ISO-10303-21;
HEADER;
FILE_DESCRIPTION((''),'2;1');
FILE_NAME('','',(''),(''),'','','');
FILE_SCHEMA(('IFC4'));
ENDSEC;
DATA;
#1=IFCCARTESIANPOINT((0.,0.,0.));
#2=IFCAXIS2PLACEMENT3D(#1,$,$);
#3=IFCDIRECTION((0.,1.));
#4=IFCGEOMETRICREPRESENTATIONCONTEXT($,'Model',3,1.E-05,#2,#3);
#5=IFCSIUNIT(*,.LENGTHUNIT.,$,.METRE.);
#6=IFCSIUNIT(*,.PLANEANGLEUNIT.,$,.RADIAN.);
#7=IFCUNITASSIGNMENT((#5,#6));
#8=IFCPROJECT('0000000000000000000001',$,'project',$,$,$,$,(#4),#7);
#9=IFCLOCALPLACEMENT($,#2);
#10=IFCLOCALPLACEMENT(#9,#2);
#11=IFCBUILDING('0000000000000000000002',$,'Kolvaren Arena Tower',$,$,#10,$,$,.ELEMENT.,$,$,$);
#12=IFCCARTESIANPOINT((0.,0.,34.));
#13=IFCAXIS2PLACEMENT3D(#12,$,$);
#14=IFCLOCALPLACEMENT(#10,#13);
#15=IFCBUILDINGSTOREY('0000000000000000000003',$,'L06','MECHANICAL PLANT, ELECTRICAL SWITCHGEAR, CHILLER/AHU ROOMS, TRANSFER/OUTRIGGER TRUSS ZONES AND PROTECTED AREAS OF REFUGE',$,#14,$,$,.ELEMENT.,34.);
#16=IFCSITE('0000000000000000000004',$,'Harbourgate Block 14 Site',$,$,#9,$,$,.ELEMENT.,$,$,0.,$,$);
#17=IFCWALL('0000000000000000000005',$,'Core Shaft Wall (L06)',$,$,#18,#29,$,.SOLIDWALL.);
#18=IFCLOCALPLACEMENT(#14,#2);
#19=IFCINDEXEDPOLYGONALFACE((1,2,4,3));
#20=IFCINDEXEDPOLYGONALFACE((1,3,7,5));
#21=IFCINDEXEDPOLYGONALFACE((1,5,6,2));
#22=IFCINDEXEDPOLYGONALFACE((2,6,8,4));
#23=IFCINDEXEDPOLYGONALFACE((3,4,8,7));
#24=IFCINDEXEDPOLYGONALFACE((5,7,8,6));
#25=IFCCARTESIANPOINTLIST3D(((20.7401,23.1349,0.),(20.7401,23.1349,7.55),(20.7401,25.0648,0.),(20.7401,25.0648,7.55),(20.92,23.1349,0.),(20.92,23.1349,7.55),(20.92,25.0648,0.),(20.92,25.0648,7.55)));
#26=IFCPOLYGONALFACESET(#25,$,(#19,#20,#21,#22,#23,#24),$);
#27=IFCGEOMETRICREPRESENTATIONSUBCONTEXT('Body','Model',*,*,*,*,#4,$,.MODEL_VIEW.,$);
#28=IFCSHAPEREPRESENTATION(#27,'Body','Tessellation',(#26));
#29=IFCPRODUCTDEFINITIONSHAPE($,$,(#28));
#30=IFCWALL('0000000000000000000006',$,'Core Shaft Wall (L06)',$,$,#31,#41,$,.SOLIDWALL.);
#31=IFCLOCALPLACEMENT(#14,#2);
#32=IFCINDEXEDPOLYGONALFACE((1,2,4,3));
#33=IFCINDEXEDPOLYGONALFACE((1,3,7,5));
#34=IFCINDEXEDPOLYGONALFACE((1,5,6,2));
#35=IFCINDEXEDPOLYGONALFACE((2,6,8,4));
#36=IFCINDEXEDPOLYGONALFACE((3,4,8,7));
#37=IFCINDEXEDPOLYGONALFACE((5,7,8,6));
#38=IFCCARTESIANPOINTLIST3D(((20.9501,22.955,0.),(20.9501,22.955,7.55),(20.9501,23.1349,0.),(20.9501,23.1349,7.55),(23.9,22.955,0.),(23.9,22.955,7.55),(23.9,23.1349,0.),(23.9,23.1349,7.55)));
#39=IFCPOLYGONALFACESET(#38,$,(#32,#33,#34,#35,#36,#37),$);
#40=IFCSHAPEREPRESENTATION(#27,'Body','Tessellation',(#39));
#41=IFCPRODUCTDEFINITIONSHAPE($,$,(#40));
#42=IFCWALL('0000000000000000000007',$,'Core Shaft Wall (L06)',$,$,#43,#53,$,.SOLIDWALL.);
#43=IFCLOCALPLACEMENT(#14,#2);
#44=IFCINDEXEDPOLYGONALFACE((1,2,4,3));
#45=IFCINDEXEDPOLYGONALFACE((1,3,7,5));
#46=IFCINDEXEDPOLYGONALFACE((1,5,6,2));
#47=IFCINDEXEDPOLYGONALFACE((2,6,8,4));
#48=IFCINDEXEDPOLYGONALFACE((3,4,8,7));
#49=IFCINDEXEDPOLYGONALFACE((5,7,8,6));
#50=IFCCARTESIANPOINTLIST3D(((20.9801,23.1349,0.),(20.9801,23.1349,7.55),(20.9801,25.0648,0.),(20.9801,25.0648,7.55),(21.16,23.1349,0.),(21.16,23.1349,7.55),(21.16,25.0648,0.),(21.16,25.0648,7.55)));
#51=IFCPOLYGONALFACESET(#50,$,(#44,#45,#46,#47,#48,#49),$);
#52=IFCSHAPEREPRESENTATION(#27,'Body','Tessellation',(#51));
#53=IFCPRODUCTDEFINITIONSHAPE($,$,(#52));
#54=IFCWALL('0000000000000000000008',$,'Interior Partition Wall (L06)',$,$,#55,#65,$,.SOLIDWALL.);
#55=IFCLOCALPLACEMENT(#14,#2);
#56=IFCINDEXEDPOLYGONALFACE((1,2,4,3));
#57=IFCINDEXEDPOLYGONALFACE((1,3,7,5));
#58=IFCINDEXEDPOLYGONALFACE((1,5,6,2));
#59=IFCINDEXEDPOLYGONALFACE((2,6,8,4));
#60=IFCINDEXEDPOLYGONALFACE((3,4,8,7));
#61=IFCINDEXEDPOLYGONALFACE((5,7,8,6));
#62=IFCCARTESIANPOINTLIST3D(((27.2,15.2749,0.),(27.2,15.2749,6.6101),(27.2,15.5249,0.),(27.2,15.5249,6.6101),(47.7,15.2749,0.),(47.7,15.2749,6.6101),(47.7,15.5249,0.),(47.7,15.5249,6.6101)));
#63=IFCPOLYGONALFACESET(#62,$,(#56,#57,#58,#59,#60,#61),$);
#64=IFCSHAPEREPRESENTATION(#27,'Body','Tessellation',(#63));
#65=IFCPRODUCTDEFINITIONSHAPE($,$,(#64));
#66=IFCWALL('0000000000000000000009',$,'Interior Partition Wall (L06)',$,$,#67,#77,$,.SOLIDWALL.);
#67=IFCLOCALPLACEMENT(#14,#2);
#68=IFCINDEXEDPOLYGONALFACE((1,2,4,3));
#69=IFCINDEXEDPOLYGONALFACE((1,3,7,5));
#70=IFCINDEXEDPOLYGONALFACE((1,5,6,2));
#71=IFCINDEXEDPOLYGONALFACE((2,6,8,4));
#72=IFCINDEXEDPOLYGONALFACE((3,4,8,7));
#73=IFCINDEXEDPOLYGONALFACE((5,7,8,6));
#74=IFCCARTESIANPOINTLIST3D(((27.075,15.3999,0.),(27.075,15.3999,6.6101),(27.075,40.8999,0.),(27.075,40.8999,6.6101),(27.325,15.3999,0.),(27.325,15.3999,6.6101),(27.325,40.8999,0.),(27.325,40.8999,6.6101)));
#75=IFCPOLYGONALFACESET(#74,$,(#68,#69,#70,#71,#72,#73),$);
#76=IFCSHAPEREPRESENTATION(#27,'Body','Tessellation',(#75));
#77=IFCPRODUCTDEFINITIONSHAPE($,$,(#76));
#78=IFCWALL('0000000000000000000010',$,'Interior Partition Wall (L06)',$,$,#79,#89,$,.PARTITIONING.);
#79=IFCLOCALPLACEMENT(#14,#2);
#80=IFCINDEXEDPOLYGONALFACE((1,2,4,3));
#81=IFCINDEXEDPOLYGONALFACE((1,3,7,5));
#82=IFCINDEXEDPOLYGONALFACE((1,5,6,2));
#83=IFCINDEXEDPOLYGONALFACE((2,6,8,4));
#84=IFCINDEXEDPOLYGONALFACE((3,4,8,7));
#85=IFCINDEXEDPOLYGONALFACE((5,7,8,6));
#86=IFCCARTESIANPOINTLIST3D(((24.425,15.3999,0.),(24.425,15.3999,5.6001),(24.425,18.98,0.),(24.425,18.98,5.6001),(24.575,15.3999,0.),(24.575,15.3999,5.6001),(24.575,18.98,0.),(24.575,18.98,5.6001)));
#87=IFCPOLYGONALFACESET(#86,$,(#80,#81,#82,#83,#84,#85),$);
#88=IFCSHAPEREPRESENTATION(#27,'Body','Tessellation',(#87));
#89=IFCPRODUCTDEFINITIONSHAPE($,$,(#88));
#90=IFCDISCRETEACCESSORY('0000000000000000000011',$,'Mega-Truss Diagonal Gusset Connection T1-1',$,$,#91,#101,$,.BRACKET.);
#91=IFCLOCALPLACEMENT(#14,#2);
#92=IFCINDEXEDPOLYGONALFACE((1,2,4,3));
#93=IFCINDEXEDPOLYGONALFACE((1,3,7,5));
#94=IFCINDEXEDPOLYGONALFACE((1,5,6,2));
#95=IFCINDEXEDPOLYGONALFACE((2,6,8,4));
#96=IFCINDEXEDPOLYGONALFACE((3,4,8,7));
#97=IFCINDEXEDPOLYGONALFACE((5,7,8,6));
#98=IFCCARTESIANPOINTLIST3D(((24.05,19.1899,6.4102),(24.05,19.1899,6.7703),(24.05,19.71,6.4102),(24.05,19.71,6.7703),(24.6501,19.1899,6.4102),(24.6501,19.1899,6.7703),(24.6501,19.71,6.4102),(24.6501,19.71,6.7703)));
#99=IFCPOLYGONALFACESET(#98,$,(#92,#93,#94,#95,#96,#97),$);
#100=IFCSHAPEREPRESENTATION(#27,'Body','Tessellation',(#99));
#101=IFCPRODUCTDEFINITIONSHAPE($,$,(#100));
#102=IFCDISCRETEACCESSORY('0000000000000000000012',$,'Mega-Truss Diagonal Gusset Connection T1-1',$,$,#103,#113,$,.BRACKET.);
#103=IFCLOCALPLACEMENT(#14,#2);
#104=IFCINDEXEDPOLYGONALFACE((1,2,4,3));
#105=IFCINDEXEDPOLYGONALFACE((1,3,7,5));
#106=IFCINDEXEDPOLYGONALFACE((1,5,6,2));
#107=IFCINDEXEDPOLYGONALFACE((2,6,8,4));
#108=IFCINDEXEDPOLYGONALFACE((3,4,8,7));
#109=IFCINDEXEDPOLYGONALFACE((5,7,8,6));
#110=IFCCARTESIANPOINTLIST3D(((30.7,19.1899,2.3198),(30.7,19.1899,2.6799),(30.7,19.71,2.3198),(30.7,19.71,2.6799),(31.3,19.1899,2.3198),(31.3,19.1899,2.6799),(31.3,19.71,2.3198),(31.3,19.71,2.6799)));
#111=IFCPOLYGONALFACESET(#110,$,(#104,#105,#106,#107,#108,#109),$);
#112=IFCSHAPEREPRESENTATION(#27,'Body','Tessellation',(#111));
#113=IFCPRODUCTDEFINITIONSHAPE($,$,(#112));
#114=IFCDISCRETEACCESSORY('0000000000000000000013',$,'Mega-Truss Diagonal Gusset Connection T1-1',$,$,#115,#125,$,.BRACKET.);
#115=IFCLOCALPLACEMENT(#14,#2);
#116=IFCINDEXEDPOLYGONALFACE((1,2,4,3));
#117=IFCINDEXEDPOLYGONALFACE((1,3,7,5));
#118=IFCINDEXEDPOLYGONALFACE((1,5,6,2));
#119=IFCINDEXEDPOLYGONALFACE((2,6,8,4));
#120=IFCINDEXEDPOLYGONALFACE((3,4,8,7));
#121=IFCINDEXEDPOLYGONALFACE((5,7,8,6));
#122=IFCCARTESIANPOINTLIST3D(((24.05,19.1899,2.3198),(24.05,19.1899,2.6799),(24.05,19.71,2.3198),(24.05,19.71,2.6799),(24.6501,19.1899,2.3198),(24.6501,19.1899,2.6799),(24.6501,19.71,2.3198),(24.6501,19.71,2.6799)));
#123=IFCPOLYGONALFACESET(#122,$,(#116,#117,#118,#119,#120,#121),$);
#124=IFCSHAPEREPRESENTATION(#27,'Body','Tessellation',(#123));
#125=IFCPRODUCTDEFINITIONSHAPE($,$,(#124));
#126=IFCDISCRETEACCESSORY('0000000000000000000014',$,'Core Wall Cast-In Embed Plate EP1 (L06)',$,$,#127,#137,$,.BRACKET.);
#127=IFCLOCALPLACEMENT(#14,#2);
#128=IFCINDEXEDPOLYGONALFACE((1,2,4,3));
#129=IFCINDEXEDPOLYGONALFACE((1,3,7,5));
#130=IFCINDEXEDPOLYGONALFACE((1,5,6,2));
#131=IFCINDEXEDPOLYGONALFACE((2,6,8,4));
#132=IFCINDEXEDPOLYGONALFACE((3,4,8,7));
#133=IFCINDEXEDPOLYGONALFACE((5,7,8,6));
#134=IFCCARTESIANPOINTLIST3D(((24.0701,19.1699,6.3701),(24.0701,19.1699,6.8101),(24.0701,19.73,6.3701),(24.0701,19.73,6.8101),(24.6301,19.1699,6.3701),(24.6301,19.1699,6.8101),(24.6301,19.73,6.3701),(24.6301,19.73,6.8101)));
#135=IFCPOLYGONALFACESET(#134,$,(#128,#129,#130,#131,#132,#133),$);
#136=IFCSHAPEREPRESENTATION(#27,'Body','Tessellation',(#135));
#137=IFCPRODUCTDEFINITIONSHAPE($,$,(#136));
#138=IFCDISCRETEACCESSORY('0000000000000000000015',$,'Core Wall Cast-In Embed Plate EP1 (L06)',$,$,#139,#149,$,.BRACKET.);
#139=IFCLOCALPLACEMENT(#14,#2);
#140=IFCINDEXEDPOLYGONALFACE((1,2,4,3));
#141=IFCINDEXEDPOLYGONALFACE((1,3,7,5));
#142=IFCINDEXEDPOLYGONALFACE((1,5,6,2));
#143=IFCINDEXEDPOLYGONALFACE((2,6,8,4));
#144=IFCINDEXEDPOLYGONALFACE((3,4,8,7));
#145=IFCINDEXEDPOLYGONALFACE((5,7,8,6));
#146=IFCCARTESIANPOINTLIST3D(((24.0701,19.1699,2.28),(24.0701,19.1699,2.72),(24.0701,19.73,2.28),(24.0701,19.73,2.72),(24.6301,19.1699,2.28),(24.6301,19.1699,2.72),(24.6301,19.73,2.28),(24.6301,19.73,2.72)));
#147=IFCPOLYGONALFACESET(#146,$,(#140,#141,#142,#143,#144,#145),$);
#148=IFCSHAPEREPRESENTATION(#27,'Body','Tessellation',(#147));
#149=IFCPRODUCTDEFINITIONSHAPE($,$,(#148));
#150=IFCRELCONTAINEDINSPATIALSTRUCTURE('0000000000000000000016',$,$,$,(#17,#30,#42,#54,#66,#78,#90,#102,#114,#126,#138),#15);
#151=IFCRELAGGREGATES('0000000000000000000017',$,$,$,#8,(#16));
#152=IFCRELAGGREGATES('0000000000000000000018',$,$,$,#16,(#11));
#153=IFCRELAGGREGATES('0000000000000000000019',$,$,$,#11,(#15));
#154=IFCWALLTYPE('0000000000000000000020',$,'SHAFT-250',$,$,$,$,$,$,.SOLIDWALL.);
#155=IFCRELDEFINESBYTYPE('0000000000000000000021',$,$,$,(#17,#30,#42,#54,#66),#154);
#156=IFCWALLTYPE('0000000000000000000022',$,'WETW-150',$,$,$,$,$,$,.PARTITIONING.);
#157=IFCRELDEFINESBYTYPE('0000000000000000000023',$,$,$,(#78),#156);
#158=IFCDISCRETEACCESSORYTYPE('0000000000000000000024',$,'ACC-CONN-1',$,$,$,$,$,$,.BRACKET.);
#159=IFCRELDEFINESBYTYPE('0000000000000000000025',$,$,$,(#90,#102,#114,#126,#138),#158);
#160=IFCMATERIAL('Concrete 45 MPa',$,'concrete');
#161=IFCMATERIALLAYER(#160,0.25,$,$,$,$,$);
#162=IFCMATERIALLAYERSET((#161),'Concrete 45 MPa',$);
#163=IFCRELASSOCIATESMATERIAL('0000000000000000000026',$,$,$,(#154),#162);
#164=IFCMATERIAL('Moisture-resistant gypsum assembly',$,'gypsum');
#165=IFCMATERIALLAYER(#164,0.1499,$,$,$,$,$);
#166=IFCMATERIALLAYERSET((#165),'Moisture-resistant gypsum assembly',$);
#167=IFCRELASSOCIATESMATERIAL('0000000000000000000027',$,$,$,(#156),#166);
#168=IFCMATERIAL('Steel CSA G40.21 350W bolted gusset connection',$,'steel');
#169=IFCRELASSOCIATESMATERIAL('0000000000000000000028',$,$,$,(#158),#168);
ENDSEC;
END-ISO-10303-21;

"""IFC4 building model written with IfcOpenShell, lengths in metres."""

from ifc_helpers import new_model, si_unit, direction, frame, frame_2d, origin, origin_2d, place, context, subcontext, project, spatial, rectangle, extrude, material, layer, layer_set, type_object, element, save


model = new_model("IFC4")

# Units and contexts
model_context = context("Model", 3, precision=1e-05, world=origin(), true_north=direction((0.0, 1.0)))
body_context = subcontext(model_context, "Body", "Model", "MODEL_VIEW")
ifc_project = project(units=[si_unit("LENGTHUNIT", "METRE"), si_unit("PLANEANGLEUNIT", "RADIAN")], contexts=[model_context])

# Site, building, storey
site_placement = place(None, origin())
site = spatial("IfcSite", under=ifc_project, at=site_placement, Name="Harbourgate Block 14 Site", CompositionType="ELEMENT", RefElevation=0.0)
building_placement = place(site_placement, origin())
building = spatial("IfcBuilding", under=site, at=building_placement, Name="Kolvaren Arena Tower", CompositionType="ELEMENT")
storey_placement = place(building_placement, frame((0.0, 0.0, 34.0)))
storey = spatial("IfcBuildingStorey", under=building, at=storey_placement, Name="L06", Description="MECHANICAL PLANT, ELECTRICAL SWITCHGEAR, CHILLER/AHU ROOMS, TRANSFER/OUTRIGGER TRUSS ZONES AND PROTECTED AREAS OF REFUGE", CompositionType="ELEMENT", Elevation=34.0)

# Walls
ifc_material_1 = material(Name="Concrete 45 MPa", Category="concrete")
ifc_layer_1 = layer(ifc_material_1, 0.25)
ifc_layer_set_1 = layer_set([ifc_layer_1], Name="Concrete 45 MPa")
wall_type_1 = type_object("IfcWallType", Name="SHAFT-250", PredefinedType="SOLIDWALL", material=ifc_layer_set_1)
for number, where, z_axis, x_axis, name in (
    (1, (20.8301, 23.135, 0.0), (0.0, 0.0, 1.0), (0.0, 1.0, 0.0), "Core Shaft Wall (L06)"),
):
    element("IfcWall", number, at=place(storey_placement, frame(where, z_axis=z_axis, x_axis=x_axis)), inside=storey, type_object=wall_type_1, Name=name, PredefinedType="SOLIDWALL", context=body_context, shape_type="SweptSolid", body=[
        extrude(rectangle(XDim=1.9299, YDim=0.1799, at=frame_2d((0.9648, 0.0))), origin(), (0.0, 0.0, 1.0), 7.55),
    ])
wall_1_placement = place(storey_placement, frame((20.95, 23.0449, 0.0), z_axis=(0.0, 0.0, 1.0), x_axis=(1.0, 0.0, 0.0)))
element("IfcWall", 2, at=wall_1_placement, inside=storey, type_object=wall_type_1, Name="Core Shaft Wall (L06)", PredefinedType="SOLIDWALL", context=body_context, shape_type="SweptSolid", body=[
    extrude(rectangle(XDim=2.95, YDim=0.1799, at=frame_2d((1.4751, 0.0))), origin(), (0.0, 0.0, 1.0), 7.55),
])
wall_2_placement = place(storey_placement, frame((21.0701, 23.135, 0.0), z_axis=(0.0, 0.0, 1.0), x_axis=(0.0, 1.0, 0.0)))
element("IfcWall", 3, at=wall_2_placement, inside=storey, type_object=wall_type_1, Name="Core Shaft Wall (L06)", PredefinedType="SOLIDWALL", context=body_context, shape_type="SweptSolid", body=[
    extrude(rectangle(XDim=1.9299, YDim=0.1799, at=frame_2d((0.9648, 0.0))), origin(), (0.0, 0.0, 1.0), 7.55),
])
wall_3_placement = place(storey_placement, frame((27.2, 15.3999, 0.0), z_axis=(0.0, 0.0, 1.0), x_axis=(1.0, 0.0, 0.0)))
element("IfcWall", 4, at=wall_3_placement, inside=storey, type_object=wall_type_1, Name="Interior Partition Wall (L06)", PredefinedType="SOLIDWALL", context=body_context, shape_type="SweptSolid", body=[
    extrude(rectangle(XDim=20.5, YDim=0.25, at=frame_2d((10.25, 0.0))), origin(), (0.0, 0.0, 1.0), 6.6101),
])
wall_4_placement = place(storey_placement, frame((27.2, 15.3999, 0.0), z_axis=(0.0, 0.0, 1.0), x_axis=(0.0, 1.0, 0.0)))
element("IfcWall", 5, at=wall_4_placement, inside=storey, type_object=wall_type_1, Name="Interior Partition Wall (L06)", PredefinedType="SOLIDWALL", context=body_context, shape_type="SweptSolid", body=[
    extrude(rectangle(XDim=25.5, YDim=0.25, at=frame_2d((12.75, 0.0))), origin(), (0.0, 0.0, 1.0), 6.6101),
])
ifc_material_2 = material(Name="Moisture-resistant gypsum assembly", Category="gypsum")
ifc_layer_2 = layer(ifc_material_2, 0.1499)
ifc_layer_set_2 = layer_set([ifc_layer_2], Name="Moisture-resistant gypsum assembly")
wall_type_2 = type_object("IfcWallType", Name="WETW-150", PredefinedType="PARTITIONING", material=ifc_layer_set_2)
wall_5_placement = place(storey_placement, frame((24.5, 15.3999, 0.0), z_axis=(0.0, 0.0, 1.0), x_axis=(0.0, 1.0, 0.0)))
element("IfcWall", 6, at=wall_5_placement, inside=storey, type_object=wall_type_2, Name="Interior Partition Wall (L06)", PredefinedType="PARTITIONING", context=body_context, shape_type="SweptSolid", body=[
    extrude(rectangle(XDim=3.5801, YDim=0.1499, at=frame_2d((1.79, 0.0))), origin(), (0.0, 0.0, 1.0), 5.6001),
])

# Discrete accessories
ifc_material_3 = material(Name="Steel CSA G40.21 350W bolted gusset connection", Category="steel")
discrete_accessory_type = type_object("IfcDiscreteAccessoryType", Name="ACC-CONN-1", PredefinedType="BRACKET", material=ifc_material_3)
for number, where, z_axis, x_axis, name in (
    (7, (24.3501, 19.45, 6.4102), (0.0, 0.0, 1.0), (1.0, 0.0, 0.0), "Mega-Truss Diagonal Gusset Connection T1-1"),
    (8, (31.0, 19.45, 2.3198), (0.0, 0.0, 1.0), (1.0, 0.0, 0.0), "Mega-Truss Diagonal Gusset Connection T1-1"),
    (9, (24.3501, 19.45, 2.3198), (0.0, 0.0, 1.0), (1.0, 0.0, 0.0), "Mega-Truss Diagonal Gusset Connection T1-1"),
):
    element("IfcDiscreteAccessory", number, at=place(storey_placement, frame(where, z_axis=z_axis, x_axis=x_axis)), inside=storey, type_object=discrete_accessory_type, Name=name, PredefinedType="BRACKET", context=body_context, shape_type="SweptSolid", body=[
        extrude(rectangle(XDim=0.6001, YDim=0.52, at=origin_2d()), origin(), (0.0, 0.0, 1.0), 0.3601),
    ])
for number, where, z_axis, x_axis, name in (
    (10, (24.3501, 19.45, 6.3701), (0.0, 0.0, 1.0), (1.0, 0.0, 0.0), "Core Wall Cast-In Embed Plate EP1 (L06)"),
    (11, (24.3501, 19.45, 2.28), (0.0, 0.0, 1.0), (1.0, 0.0, 0.0), "Core Wall Cast-In Embed Plate EP1 (L06)"),
):
    element("IfcDiscreteAccessory", number, at=place(storey_placement, frame(where, z_axis=z_axis, x_axis=x_axis)), inside=storey, type_object=discrete_accessory_type, Name=name, PredefinedType="BRACKET", context=body_context, shape_type="SweptSolid", body=[
        extrude(rectangle(XDim=0.5601, YDim=0.5601, at=origin_2d()), origin(), (0.0, 0.0, 1.0), 0.4399),
    ])

save(model, "model.ifc")
